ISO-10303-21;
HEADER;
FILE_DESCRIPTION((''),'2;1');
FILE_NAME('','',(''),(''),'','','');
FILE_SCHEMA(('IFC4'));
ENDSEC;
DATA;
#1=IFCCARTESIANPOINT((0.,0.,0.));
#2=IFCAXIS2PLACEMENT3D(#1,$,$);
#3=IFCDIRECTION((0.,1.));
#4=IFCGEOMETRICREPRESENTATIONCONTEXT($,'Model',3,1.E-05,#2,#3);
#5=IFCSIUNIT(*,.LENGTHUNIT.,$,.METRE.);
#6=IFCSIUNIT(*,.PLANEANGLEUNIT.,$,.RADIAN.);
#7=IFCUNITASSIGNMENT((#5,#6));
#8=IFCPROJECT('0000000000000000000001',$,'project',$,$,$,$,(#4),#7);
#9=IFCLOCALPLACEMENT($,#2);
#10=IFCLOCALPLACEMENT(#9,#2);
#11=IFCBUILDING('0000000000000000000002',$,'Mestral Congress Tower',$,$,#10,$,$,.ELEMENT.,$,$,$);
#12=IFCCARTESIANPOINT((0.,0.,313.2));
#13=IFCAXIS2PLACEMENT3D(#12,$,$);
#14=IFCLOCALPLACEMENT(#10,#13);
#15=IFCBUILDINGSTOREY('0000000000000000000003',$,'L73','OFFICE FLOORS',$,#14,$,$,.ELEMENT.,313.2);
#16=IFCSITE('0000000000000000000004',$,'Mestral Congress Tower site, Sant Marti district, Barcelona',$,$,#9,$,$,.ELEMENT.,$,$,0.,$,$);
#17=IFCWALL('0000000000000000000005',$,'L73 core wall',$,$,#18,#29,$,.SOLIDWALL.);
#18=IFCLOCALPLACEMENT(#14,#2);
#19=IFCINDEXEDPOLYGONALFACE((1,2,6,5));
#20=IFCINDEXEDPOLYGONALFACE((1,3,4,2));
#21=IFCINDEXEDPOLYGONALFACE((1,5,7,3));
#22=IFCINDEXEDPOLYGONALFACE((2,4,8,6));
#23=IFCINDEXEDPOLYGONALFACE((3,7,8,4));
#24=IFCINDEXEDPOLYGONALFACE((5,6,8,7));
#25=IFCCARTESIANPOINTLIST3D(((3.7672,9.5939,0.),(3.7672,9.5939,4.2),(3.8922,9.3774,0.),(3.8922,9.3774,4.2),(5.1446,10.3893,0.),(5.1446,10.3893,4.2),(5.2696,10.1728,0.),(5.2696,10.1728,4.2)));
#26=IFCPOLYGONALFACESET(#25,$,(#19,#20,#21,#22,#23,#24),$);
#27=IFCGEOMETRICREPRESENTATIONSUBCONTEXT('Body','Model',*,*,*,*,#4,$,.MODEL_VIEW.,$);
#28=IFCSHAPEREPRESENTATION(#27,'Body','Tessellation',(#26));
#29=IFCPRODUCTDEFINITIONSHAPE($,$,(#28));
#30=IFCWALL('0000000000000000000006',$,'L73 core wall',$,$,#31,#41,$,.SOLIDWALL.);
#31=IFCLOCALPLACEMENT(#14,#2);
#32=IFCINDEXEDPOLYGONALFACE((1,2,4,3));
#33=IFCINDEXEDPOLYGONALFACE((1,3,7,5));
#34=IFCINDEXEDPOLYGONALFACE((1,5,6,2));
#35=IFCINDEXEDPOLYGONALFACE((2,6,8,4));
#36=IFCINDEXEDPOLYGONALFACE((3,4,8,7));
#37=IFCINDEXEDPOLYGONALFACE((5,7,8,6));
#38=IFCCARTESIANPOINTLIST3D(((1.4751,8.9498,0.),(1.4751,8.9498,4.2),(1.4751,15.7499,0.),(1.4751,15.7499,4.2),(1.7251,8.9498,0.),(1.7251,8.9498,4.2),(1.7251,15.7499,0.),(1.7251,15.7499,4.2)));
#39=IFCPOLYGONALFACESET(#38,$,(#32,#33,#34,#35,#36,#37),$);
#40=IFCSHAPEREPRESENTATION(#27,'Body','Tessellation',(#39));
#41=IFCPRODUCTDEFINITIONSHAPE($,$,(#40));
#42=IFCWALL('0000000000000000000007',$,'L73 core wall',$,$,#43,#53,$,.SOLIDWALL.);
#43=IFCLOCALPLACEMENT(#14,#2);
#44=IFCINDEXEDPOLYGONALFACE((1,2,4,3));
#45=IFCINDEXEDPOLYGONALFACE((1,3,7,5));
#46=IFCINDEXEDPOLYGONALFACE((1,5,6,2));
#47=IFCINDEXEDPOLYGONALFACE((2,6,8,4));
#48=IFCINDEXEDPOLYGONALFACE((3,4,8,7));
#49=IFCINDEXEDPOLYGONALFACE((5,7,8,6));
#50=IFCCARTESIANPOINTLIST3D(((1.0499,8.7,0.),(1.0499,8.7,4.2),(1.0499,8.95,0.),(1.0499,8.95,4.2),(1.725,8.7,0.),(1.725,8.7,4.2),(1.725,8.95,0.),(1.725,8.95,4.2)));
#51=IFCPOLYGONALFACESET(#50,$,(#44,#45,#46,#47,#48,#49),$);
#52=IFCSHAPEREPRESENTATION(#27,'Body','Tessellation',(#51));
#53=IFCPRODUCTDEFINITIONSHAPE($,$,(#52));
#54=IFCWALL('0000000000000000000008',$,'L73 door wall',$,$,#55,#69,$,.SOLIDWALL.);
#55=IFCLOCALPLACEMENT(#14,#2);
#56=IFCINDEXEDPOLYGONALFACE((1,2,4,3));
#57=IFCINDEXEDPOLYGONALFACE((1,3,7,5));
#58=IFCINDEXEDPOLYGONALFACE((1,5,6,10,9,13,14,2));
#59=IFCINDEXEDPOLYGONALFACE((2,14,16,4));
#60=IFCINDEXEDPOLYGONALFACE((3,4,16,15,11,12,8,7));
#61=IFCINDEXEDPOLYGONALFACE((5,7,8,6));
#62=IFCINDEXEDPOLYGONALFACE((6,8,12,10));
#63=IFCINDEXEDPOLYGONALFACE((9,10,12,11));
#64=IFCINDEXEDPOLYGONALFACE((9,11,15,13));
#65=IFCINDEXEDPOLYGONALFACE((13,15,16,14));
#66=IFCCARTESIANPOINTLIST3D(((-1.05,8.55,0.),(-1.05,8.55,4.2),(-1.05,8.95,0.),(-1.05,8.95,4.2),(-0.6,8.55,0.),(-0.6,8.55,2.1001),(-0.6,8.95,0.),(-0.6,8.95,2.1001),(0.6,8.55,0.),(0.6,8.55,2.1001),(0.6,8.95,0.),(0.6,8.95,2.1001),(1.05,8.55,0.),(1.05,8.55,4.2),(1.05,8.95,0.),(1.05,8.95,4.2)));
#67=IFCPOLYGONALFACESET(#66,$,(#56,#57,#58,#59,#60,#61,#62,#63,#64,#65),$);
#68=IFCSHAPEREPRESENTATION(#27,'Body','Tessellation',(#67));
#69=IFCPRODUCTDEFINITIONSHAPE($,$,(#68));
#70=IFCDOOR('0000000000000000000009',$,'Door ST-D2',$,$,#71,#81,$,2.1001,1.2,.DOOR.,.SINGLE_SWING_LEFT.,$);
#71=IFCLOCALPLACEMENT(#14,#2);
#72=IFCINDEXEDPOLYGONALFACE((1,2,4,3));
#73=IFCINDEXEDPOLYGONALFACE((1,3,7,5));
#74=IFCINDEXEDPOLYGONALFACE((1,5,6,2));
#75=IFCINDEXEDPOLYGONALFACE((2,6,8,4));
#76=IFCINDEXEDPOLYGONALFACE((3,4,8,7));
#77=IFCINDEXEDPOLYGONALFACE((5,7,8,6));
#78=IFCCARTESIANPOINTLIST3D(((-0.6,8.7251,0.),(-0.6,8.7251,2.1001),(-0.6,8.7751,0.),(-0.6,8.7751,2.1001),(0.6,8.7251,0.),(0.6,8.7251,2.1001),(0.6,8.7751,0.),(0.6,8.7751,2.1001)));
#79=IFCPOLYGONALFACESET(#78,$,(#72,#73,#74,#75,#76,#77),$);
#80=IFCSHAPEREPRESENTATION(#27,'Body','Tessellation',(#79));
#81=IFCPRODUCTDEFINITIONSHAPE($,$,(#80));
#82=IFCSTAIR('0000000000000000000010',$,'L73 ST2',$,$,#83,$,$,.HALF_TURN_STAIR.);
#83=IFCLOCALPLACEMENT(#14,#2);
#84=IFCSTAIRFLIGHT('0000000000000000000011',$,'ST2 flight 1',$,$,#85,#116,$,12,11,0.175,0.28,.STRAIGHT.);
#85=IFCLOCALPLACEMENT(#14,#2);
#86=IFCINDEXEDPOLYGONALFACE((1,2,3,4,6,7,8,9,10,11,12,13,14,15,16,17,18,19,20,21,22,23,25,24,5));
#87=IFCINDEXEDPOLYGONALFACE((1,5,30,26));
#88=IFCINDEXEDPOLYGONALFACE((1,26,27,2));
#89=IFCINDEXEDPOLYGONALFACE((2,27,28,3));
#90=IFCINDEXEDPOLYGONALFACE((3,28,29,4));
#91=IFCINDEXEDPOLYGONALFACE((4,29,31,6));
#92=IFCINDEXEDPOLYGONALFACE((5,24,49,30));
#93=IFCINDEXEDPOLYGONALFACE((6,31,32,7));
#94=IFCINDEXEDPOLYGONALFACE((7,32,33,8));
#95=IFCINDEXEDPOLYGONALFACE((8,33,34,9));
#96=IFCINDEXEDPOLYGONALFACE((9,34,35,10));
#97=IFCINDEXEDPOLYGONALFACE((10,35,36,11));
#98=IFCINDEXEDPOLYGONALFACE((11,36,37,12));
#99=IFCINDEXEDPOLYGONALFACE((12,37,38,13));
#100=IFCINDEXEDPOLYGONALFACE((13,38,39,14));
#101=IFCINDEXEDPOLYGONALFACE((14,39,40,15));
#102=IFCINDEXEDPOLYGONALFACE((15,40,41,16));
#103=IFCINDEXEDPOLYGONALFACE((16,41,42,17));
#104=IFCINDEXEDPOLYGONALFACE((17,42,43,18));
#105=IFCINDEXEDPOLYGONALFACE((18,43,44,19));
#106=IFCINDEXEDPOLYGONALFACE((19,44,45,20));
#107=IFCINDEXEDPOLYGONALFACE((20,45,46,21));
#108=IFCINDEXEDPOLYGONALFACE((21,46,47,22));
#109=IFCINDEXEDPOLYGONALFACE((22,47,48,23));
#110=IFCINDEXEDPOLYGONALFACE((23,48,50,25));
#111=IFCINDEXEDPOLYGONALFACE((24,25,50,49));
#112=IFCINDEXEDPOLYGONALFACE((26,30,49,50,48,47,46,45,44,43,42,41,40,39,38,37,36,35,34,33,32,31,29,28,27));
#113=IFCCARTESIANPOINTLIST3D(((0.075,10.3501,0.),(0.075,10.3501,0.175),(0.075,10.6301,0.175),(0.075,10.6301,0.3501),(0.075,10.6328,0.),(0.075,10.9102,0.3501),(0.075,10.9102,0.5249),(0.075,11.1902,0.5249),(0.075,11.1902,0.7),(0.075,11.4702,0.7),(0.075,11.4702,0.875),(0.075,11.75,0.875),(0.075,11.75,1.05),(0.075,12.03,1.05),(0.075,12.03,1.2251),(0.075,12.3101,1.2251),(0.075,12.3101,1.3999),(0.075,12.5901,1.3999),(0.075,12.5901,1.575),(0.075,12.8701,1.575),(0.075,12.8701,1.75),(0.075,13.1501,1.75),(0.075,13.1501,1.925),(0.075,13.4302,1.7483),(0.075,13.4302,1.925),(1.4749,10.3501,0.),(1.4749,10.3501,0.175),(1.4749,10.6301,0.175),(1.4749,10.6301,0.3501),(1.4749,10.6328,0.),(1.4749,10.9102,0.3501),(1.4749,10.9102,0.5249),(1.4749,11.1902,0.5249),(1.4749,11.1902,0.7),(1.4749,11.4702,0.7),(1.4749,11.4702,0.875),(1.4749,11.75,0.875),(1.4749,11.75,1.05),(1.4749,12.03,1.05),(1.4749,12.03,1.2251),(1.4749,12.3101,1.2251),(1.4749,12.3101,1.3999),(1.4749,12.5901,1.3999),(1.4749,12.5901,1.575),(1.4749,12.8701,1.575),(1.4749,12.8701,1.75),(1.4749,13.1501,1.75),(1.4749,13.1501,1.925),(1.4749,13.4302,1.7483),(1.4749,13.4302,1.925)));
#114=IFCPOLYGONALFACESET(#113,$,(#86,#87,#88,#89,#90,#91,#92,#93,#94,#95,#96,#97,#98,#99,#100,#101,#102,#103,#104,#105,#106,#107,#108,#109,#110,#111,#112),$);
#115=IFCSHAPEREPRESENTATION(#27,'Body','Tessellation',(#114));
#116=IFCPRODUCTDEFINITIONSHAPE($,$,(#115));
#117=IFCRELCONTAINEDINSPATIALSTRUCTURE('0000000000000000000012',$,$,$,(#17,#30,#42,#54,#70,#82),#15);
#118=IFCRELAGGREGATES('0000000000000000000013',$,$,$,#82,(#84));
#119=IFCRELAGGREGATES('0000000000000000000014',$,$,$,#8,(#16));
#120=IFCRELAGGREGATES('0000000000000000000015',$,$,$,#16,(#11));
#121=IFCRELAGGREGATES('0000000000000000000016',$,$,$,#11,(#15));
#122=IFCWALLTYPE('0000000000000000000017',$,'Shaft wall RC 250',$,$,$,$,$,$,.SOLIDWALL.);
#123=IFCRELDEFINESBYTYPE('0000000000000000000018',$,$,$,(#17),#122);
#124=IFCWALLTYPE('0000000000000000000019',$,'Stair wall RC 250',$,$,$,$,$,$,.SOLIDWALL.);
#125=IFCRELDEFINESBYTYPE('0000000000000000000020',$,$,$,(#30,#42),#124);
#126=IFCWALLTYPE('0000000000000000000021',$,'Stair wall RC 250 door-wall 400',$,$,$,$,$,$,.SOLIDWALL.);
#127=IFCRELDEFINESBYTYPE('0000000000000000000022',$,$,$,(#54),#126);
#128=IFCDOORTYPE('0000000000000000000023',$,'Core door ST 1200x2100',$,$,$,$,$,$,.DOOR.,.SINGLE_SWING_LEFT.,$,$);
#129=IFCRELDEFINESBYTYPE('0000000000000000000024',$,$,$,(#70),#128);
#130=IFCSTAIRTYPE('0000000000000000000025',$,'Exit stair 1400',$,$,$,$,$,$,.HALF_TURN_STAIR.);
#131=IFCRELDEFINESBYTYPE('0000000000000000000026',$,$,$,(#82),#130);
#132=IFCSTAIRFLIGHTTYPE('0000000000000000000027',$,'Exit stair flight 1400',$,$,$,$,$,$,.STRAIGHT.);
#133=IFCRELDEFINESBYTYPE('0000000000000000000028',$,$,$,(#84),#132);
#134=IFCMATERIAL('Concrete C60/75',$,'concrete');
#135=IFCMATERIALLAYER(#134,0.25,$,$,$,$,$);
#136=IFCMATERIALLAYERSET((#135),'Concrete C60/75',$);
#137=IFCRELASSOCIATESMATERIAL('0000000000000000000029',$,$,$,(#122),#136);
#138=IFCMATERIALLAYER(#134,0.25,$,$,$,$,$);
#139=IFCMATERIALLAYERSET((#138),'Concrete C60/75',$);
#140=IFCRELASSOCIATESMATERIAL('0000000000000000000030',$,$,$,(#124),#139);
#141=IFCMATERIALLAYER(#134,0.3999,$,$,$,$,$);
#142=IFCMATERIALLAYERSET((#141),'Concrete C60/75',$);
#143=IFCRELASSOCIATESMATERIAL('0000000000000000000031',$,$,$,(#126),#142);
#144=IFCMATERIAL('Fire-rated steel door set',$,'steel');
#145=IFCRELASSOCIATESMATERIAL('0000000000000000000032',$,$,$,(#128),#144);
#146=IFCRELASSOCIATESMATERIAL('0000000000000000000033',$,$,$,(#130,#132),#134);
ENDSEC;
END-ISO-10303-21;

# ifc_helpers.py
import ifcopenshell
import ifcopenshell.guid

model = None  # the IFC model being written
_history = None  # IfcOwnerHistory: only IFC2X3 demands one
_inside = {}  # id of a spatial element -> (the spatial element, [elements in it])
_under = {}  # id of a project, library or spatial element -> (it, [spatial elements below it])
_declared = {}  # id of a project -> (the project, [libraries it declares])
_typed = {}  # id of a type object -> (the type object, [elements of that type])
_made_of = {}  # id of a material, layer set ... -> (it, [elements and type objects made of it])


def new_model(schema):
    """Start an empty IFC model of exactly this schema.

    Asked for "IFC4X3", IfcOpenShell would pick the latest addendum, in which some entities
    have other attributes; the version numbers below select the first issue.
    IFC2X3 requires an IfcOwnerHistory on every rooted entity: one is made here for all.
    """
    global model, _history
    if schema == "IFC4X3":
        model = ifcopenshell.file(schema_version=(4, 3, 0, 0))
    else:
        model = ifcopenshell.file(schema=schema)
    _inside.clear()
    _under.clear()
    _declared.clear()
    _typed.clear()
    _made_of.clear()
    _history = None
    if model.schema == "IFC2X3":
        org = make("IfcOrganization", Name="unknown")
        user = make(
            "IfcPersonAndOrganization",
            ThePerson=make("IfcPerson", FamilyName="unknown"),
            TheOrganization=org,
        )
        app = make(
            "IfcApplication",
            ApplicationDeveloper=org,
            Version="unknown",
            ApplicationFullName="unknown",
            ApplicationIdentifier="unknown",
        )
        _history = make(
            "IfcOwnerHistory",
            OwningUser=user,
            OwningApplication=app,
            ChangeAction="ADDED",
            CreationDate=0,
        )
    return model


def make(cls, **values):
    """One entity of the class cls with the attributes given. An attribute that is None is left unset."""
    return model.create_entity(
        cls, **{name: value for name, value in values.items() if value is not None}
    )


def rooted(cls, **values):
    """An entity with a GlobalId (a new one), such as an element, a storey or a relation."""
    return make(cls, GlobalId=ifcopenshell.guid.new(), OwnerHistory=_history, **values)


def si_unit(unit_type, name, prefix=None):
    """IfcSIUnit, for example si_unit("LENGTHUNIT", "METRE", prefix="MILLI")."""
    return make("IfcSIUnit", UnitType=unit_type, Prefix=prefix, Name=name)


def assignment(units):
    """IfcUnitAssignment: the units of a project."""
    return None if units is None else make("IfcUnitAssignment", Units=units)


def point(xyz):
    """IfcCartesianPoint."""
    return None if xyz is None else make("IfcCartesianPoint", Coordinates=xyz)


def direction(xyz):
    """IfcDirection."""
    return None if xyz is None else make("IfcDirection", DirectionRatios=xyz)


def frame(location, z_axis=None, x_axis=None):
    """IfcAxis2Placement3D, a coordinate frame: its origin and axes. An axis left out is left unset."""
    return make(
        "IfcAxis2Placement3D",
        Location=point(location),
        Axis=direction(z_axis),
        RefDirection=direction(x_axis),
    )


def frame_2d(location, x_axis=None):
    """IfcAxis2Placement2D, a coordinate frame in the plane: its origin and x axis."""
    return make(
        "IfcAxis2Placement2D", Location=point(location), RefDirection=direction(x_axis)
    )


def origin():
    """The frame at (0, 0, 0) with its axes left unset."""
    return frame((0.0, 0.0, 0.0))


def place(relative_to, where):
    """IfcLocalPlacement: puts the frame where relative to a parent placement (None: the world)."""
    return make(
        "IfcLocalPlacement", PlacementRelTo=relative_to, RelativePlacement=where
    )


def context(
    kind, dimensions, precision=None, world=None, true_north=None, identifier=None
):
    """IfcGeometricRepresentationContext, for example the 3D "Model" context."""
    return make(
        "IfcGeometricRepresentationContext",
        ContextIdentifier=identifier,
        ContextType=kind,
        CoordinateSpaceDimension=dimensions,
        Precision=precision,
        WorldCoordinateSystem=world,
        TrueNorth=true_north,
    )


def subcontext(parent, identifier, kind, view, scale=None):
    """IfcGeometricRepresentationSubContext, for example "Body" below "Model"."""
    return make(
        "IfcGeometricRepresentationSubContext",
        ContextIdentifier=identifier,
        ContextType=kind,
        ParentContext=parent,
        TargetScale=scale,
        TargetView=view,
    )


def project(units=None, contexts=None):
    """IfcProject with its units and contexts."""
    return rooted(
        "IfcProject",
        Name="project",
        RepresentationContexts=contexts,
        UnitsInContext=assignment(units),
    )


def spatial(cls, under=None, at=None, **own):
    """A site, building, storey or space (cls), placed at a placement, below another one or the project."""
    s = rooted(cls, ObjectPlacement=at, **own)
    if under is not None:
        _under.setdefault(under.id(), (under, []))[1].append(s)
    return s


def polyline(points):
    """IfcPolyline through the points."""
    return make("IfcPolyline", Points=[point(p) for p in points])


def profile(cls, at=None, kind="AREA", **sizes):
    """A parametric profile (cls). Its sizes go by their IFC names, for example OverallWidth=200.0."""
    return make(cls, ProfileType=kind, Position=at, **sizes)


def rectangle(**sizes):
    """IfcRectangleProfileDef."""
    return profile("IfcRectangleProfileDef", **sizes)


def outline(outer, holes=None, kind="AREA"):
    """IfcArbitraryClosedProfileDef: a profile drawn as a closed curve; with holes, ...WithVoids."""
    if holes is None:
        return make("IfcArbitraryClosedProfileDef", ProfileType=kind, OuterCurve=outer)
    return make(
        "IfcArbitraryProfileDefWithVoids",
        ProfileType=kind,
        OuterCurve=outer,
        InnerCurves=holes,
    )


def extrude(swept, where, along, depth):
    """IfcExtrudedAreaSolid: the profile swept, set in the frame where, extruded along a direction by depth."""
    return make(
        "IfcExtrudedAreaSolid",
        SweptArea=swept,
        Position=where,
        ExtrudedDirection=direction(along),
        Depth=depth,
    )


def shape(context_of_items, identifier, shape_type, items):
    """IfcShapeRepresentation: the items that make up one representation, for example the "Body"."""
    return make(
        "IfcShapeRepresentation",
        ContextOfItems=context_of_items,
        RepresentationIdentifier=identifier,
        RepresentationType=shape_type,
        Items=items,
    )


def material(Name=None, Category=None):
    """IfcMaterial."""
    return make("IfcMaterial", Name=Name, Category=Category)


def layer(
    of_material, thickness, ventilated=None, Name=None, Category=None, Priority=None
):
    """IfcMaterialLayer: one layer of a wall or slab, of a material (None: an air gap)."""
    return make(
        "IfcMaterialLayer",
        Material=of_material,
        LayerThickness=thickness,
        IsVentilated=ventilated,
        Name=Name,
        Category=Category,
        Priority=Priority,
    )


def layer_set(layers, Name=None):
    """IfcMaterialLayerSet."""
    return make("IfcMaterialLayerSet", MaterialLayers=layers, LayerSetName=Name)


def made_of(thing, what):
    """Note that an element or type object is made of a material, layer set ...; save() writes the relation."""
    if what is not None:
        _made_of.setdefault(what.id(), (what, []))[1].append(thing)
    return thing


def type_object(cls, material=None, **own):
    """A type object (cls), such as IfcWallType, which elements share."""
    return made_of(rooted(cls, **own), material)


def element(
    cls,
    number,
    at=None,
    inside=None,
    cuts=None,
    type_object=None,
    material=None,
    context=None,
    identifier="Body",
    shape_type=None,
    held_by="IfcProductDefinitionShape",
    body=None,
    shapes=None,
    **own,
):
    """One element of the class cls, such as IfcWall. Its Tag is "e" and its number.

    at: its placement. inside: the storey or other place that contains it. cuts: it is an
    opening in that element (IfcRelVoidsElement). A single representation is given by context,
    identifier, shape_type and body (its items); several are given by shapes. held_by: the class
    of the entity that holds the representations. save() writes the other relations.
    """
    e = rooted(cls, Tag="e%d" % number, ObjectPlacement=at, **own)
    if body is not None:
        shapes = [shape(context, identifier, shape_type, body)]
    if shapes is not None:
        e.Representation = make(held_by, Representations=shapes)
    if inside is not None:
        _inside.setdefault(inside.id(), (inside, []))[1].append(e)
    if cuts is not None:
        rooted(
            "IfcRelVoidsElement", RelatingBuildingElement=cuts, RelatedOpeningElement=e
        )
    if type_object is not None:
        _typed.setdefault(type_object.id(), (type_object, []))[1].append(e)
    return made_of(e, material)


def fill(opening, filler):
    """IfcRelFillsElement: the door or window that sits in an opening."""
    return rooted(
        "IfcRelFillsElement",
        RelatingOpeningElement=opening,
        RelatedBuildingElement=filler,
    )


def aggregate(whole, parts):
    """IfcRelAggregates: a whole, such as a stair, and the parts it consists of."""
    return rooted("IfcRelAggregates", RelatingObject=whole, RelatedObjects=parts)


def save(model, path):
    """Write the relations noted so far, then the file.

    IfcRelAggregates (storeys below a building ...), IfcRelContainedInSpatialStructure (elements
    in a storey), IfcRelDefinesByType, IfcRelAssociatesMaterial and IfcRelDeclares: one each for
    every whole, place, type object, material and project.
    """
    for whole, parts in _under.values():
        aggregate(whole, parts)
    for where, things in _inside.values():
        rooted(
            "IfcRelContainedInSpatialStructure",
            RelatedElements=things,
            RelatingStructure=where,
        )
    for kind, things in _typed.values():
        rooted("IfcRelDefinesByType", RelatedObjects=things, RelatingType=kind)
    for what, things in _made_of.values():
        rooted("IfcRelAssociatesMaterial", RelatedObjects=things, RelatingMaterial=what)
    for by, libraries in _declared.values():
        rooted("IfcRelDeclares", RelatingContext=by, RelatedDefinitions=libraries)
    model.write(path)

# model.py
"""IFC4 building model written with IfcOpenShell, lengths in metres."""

from ifc_helpers import new_model, si_unit, direction, frame, frame_2d, origin, place, context, subcontext, project, spatial, polyline, rectangle, outline, extrude, material, layer, layer_set, type_object, element, fill, aggregate, save


model = new_model("IFC4")

# Units and contexts
model_context = context("Model", 3, precision=1e-05, world=origin(), true_north=direction((0.0, 1.0)))
body_context = subcontext(model_context, "Body", "Model", "MODEL_VIEW")
ifc_project = project(units=[si_unit("LENGTHUNIT", "METRE"), si_unit("PLANEANGLEUNIT", "RADIAN")], contexts=[model_context])

# Site, building, storey
site_placement = place(None, origin())
site = spatial("IfcSite", under=ifc_project, at=site_placement, Name="Mestral Congress Tower site, Sant Marti district, Barcelona", CompositionType="ELEMENT", RefElevation=0.0)
building_placement = place(site_placement, origin())
building = spatial("IfcBuilding", under=site, at=building_placement, Name="Mestral Congress Tower", CompositionType="ELEMENT")
storey_placement = place(building_placement, frame((0.0, 0.0, 313.2)))
storey = spatial("IfcBuildingStorey", under=building, at=storey_placement, Name="L73", Description="OFFICE FLOORS", CompositionType="ELEMENT", Elevation=313.2)

# Shared definitions
ifc_material_1 = material(Name="Fire-rated steel door set", Category="steel")

# Walls
ifc_material_2 = material(Name="Concrete C60/75", Category="concrete")
ifc_layer_1 = layer(ifc_material_2, 0.25)
ifc_layer_set_1 = layer_set([ifc_layer_1], Name="Concrete C60/75")
wall_type_1 = type_object("IfcWallType", Name="Shaft wall RC 250", PredefinedType="SOLIDWALL", material=ifc_layer_set_1)
wall_1_placement = place(storey_placement, frame((3.8296, 9.4856, 0.0), z_axis=(0.0, 0.0, 1.0), x_axis=(0.865986, 0.500068, 0.0)))
element("IfcWall", 1, at=wall_1_placement, inside=storey, type_object=wall_type_1, Name="L73 core wall", PredefinedType="SOLIDWALL", context=body_context, shape_type="SweptSolid", body=[
    extrude(rectangle(XDim=1.5906, YDim=0.25, at=frame_2d((0.7954, 0.0))), origin(), (0.0, 0.0, 1.0), 4.2),
])
ifc_layer_2 = layer(ifc_material_2, 0.25)
ifc_layer_set_2 = layer_set([ifc_layer_2], Name="Concrete C60/75")
wall_type_2 = type_object("IfcWallType", Name="Stair wall RC 250", PredefinedType="SOLIDWALL", material=ifc_layer_set_2)
wall_2_placement = place(storey_placement, frame((1.6001, 8.95, 0.0), z_axis=(0.0, 0.0, 1.0), x_axis=(0.0, 1.0, 0.0)))
element("IfcWall", 2, at=wall_2_placement, inside=storey, type_object=wall_type_2, Name="L73 core wall", PredefinedType="SOLIDWALL", context=body_context, shape_type="SweptSolid", body=[
    extrude(rectangle(XDim=6.8, YDim=0.25, at=frame_2d((3.3999, 0.0))), origin(), (0.0, 0.0, 1.0), 4.2),
])
wall_3_placement = place(storey_placement, frame((1.05, 8.825, 0.0), z_axis=(0.0, 0.0, 1.0), x_axis=(1.0, 0.0, 0.0)))
element("IfcWall", 3, at=wall_3_placement, inside=storey, type_object=wall_type_2, Name="L73 core wall", PredefinedType="SOLIDWALL", context=body_context, shape_type="SweptSolid", body=[
    extrude(rectangle(XDim=0.675, YDim=0.25, at=frame_2d((0.3374, 0.0))), origin(), (0.0, 0.0, 1.0), 4.2),
])

# Wall, opening, door
ifc_layer_3 = layer(ifc_material_2, 0.3999)
ifc_layer_set_3 = layer_set([ifc_layer_3], Name="Concrete C60/75")
wall_type_3 = type_object("IfcWallType", Name="Stair wall RC 250 door-wall 400", PredefinedType="SOLIDWALL", material=ifc_layer_set_3)
wall_4_placement = place(storey_placement, frame((1.05, 8.75, 0.0), z_axis=(0.0, 0.0, 1.0), x_axis=(-1.0, 0.0, 0.0)))
wall_4 = element("IfcWall", 4, at=wall_4_placement, inside=storey, type_object=wall_type_3, Name="L73 door wall", PredefinedType="SOLIDWALL", context=body_context, shape_type="SweptSolid", body=[
    extrude(rectangle(XDim=2.1001, YDim=0.3999, at=frame_2d((1.05, 0.0))), origin(), (0.0, 0.0, 1.0), 4.2),
])
opening_1_placement = place(wall_4_placement, frame((0.45, 0.0, 0.0)))
opening_1 = element("IfcOpeningElement", 5, at=opening_1_placement, cuts=wall_4, PredefinedType="OPENING", context=body_context, shape_type="SweptSolid", body=[
    extrude(rectangle(XDim=1.2, YDim=2.1001, at=frame_2d((0.6001, 1.05))), frame((0.0, 0.21, 0.0), z_axis=(0.0, -1.0, 0.0), x_axis=(1.0, 0.0, 0.0)), (0.0, 0.0, 1.0), 0.4199),
])
door_type_1 = type_object("IfcDoorType", Name="Core door ST 1200x2100", OperationType="SINGLE_SWING_LEFT", PredefinedType="DOOR", material=ifc_material_1)
door_1_placement = place(opening_1_placement, origin())
door_1 = element("IfcDoor", 6, at=door_1_placement, inside=storey, type_object=door_type_1, Name="Door ST-D2", OperationType="SINGLE_SWING_LEFT", OverallHeight=2.1001, OverallWidth=1.2, PredefinedType="DOOR", context=body_context, shape_type="SweptSolid", body=[
    extrude(rectangle(XDim=1.2, YDim=2.1001, at=frame_2d((0.6001, 1.05))), frame((0.0, 0.0249, 0.0), z_axis=(0.0, -1.0, 0.0), x_axis=(1.0, 0.0, 0.0)), (0.0, 0.0, 1.0), 0.05),
])
fill(opening_1, door_1)

# Stair, stair flight
stair_type = type_object("IfcStairType", Name="Exit stair 1400", PredefinedType="HALF_TURN_STAIR", material=ifc_material_2)
stair_placement = place(storey_placement, origin())
stair = element("IfcStair", 7, at=stair_placement, inside=storey, type_object=stair_type, Name="L73 ST2", PredefinedType="HALF_TURN_STAIR")
stair_flight_type = type_object("IfcStairFlightType", Name="Exit stair flight 1400", PredefinedType="STRAIGHT", material=ifc_material_2)
stair_flight_placement = place(storey_placement, frame((0.7749, 10.3501, 0.0), z_axis=(0.0, 0.0, 1.0), x_axis=(0.0, 1.0, 0.0)))
stair_flight = element("IfcStairFlight", 8, at=stair_flight_placement, type_object=stair_flight_type, Name="ST2 flight 1", NumberOfRisers=12, NumberOfTreads=11, PredefinedType="STRAIGHT", RiserHeight=0.175, TreadLength=0.28, context=body_context, shape_type="SweptSolid", body=[
    extrude(outline(polyline([(0.0, 0.0), (0.0, 0.175), (0.28, 0.175), (0.28, 0.3501), (0.5601, 0.3501), (0.5601, 0.5249), (0.8401, 0.5249), (0.8401, 0.7), (1.1201, 0.7), (1.1201, 0.875), (1.3999, 0.875), (1.3999, 1.05), (1.6799, 1.05), (1.6799, 1.2251), (1.96, 1.2251), (1.96, 1.3999), (2.24, 1.3999), (2.24, 1.575), (2.52, 1.575), (2.52, 1.75), (2.8, 1.75), (2.8, 1.925), (3.0801, 1.925), (3.0801, 2.1001), (3.0801, 1.7483), (0.2827, 0.0), (0.0, 0.0)])), frame((0.0, 0.7, 0.0), z_axis=(0.0, -1.0, 0.0), x_axis=(1.0, 0.0, 0.0)), (0.0, 0.0, 1.0), 1.3999),
])
aggregate(stair, [stair_flight])

save(model, "model.ifc")
